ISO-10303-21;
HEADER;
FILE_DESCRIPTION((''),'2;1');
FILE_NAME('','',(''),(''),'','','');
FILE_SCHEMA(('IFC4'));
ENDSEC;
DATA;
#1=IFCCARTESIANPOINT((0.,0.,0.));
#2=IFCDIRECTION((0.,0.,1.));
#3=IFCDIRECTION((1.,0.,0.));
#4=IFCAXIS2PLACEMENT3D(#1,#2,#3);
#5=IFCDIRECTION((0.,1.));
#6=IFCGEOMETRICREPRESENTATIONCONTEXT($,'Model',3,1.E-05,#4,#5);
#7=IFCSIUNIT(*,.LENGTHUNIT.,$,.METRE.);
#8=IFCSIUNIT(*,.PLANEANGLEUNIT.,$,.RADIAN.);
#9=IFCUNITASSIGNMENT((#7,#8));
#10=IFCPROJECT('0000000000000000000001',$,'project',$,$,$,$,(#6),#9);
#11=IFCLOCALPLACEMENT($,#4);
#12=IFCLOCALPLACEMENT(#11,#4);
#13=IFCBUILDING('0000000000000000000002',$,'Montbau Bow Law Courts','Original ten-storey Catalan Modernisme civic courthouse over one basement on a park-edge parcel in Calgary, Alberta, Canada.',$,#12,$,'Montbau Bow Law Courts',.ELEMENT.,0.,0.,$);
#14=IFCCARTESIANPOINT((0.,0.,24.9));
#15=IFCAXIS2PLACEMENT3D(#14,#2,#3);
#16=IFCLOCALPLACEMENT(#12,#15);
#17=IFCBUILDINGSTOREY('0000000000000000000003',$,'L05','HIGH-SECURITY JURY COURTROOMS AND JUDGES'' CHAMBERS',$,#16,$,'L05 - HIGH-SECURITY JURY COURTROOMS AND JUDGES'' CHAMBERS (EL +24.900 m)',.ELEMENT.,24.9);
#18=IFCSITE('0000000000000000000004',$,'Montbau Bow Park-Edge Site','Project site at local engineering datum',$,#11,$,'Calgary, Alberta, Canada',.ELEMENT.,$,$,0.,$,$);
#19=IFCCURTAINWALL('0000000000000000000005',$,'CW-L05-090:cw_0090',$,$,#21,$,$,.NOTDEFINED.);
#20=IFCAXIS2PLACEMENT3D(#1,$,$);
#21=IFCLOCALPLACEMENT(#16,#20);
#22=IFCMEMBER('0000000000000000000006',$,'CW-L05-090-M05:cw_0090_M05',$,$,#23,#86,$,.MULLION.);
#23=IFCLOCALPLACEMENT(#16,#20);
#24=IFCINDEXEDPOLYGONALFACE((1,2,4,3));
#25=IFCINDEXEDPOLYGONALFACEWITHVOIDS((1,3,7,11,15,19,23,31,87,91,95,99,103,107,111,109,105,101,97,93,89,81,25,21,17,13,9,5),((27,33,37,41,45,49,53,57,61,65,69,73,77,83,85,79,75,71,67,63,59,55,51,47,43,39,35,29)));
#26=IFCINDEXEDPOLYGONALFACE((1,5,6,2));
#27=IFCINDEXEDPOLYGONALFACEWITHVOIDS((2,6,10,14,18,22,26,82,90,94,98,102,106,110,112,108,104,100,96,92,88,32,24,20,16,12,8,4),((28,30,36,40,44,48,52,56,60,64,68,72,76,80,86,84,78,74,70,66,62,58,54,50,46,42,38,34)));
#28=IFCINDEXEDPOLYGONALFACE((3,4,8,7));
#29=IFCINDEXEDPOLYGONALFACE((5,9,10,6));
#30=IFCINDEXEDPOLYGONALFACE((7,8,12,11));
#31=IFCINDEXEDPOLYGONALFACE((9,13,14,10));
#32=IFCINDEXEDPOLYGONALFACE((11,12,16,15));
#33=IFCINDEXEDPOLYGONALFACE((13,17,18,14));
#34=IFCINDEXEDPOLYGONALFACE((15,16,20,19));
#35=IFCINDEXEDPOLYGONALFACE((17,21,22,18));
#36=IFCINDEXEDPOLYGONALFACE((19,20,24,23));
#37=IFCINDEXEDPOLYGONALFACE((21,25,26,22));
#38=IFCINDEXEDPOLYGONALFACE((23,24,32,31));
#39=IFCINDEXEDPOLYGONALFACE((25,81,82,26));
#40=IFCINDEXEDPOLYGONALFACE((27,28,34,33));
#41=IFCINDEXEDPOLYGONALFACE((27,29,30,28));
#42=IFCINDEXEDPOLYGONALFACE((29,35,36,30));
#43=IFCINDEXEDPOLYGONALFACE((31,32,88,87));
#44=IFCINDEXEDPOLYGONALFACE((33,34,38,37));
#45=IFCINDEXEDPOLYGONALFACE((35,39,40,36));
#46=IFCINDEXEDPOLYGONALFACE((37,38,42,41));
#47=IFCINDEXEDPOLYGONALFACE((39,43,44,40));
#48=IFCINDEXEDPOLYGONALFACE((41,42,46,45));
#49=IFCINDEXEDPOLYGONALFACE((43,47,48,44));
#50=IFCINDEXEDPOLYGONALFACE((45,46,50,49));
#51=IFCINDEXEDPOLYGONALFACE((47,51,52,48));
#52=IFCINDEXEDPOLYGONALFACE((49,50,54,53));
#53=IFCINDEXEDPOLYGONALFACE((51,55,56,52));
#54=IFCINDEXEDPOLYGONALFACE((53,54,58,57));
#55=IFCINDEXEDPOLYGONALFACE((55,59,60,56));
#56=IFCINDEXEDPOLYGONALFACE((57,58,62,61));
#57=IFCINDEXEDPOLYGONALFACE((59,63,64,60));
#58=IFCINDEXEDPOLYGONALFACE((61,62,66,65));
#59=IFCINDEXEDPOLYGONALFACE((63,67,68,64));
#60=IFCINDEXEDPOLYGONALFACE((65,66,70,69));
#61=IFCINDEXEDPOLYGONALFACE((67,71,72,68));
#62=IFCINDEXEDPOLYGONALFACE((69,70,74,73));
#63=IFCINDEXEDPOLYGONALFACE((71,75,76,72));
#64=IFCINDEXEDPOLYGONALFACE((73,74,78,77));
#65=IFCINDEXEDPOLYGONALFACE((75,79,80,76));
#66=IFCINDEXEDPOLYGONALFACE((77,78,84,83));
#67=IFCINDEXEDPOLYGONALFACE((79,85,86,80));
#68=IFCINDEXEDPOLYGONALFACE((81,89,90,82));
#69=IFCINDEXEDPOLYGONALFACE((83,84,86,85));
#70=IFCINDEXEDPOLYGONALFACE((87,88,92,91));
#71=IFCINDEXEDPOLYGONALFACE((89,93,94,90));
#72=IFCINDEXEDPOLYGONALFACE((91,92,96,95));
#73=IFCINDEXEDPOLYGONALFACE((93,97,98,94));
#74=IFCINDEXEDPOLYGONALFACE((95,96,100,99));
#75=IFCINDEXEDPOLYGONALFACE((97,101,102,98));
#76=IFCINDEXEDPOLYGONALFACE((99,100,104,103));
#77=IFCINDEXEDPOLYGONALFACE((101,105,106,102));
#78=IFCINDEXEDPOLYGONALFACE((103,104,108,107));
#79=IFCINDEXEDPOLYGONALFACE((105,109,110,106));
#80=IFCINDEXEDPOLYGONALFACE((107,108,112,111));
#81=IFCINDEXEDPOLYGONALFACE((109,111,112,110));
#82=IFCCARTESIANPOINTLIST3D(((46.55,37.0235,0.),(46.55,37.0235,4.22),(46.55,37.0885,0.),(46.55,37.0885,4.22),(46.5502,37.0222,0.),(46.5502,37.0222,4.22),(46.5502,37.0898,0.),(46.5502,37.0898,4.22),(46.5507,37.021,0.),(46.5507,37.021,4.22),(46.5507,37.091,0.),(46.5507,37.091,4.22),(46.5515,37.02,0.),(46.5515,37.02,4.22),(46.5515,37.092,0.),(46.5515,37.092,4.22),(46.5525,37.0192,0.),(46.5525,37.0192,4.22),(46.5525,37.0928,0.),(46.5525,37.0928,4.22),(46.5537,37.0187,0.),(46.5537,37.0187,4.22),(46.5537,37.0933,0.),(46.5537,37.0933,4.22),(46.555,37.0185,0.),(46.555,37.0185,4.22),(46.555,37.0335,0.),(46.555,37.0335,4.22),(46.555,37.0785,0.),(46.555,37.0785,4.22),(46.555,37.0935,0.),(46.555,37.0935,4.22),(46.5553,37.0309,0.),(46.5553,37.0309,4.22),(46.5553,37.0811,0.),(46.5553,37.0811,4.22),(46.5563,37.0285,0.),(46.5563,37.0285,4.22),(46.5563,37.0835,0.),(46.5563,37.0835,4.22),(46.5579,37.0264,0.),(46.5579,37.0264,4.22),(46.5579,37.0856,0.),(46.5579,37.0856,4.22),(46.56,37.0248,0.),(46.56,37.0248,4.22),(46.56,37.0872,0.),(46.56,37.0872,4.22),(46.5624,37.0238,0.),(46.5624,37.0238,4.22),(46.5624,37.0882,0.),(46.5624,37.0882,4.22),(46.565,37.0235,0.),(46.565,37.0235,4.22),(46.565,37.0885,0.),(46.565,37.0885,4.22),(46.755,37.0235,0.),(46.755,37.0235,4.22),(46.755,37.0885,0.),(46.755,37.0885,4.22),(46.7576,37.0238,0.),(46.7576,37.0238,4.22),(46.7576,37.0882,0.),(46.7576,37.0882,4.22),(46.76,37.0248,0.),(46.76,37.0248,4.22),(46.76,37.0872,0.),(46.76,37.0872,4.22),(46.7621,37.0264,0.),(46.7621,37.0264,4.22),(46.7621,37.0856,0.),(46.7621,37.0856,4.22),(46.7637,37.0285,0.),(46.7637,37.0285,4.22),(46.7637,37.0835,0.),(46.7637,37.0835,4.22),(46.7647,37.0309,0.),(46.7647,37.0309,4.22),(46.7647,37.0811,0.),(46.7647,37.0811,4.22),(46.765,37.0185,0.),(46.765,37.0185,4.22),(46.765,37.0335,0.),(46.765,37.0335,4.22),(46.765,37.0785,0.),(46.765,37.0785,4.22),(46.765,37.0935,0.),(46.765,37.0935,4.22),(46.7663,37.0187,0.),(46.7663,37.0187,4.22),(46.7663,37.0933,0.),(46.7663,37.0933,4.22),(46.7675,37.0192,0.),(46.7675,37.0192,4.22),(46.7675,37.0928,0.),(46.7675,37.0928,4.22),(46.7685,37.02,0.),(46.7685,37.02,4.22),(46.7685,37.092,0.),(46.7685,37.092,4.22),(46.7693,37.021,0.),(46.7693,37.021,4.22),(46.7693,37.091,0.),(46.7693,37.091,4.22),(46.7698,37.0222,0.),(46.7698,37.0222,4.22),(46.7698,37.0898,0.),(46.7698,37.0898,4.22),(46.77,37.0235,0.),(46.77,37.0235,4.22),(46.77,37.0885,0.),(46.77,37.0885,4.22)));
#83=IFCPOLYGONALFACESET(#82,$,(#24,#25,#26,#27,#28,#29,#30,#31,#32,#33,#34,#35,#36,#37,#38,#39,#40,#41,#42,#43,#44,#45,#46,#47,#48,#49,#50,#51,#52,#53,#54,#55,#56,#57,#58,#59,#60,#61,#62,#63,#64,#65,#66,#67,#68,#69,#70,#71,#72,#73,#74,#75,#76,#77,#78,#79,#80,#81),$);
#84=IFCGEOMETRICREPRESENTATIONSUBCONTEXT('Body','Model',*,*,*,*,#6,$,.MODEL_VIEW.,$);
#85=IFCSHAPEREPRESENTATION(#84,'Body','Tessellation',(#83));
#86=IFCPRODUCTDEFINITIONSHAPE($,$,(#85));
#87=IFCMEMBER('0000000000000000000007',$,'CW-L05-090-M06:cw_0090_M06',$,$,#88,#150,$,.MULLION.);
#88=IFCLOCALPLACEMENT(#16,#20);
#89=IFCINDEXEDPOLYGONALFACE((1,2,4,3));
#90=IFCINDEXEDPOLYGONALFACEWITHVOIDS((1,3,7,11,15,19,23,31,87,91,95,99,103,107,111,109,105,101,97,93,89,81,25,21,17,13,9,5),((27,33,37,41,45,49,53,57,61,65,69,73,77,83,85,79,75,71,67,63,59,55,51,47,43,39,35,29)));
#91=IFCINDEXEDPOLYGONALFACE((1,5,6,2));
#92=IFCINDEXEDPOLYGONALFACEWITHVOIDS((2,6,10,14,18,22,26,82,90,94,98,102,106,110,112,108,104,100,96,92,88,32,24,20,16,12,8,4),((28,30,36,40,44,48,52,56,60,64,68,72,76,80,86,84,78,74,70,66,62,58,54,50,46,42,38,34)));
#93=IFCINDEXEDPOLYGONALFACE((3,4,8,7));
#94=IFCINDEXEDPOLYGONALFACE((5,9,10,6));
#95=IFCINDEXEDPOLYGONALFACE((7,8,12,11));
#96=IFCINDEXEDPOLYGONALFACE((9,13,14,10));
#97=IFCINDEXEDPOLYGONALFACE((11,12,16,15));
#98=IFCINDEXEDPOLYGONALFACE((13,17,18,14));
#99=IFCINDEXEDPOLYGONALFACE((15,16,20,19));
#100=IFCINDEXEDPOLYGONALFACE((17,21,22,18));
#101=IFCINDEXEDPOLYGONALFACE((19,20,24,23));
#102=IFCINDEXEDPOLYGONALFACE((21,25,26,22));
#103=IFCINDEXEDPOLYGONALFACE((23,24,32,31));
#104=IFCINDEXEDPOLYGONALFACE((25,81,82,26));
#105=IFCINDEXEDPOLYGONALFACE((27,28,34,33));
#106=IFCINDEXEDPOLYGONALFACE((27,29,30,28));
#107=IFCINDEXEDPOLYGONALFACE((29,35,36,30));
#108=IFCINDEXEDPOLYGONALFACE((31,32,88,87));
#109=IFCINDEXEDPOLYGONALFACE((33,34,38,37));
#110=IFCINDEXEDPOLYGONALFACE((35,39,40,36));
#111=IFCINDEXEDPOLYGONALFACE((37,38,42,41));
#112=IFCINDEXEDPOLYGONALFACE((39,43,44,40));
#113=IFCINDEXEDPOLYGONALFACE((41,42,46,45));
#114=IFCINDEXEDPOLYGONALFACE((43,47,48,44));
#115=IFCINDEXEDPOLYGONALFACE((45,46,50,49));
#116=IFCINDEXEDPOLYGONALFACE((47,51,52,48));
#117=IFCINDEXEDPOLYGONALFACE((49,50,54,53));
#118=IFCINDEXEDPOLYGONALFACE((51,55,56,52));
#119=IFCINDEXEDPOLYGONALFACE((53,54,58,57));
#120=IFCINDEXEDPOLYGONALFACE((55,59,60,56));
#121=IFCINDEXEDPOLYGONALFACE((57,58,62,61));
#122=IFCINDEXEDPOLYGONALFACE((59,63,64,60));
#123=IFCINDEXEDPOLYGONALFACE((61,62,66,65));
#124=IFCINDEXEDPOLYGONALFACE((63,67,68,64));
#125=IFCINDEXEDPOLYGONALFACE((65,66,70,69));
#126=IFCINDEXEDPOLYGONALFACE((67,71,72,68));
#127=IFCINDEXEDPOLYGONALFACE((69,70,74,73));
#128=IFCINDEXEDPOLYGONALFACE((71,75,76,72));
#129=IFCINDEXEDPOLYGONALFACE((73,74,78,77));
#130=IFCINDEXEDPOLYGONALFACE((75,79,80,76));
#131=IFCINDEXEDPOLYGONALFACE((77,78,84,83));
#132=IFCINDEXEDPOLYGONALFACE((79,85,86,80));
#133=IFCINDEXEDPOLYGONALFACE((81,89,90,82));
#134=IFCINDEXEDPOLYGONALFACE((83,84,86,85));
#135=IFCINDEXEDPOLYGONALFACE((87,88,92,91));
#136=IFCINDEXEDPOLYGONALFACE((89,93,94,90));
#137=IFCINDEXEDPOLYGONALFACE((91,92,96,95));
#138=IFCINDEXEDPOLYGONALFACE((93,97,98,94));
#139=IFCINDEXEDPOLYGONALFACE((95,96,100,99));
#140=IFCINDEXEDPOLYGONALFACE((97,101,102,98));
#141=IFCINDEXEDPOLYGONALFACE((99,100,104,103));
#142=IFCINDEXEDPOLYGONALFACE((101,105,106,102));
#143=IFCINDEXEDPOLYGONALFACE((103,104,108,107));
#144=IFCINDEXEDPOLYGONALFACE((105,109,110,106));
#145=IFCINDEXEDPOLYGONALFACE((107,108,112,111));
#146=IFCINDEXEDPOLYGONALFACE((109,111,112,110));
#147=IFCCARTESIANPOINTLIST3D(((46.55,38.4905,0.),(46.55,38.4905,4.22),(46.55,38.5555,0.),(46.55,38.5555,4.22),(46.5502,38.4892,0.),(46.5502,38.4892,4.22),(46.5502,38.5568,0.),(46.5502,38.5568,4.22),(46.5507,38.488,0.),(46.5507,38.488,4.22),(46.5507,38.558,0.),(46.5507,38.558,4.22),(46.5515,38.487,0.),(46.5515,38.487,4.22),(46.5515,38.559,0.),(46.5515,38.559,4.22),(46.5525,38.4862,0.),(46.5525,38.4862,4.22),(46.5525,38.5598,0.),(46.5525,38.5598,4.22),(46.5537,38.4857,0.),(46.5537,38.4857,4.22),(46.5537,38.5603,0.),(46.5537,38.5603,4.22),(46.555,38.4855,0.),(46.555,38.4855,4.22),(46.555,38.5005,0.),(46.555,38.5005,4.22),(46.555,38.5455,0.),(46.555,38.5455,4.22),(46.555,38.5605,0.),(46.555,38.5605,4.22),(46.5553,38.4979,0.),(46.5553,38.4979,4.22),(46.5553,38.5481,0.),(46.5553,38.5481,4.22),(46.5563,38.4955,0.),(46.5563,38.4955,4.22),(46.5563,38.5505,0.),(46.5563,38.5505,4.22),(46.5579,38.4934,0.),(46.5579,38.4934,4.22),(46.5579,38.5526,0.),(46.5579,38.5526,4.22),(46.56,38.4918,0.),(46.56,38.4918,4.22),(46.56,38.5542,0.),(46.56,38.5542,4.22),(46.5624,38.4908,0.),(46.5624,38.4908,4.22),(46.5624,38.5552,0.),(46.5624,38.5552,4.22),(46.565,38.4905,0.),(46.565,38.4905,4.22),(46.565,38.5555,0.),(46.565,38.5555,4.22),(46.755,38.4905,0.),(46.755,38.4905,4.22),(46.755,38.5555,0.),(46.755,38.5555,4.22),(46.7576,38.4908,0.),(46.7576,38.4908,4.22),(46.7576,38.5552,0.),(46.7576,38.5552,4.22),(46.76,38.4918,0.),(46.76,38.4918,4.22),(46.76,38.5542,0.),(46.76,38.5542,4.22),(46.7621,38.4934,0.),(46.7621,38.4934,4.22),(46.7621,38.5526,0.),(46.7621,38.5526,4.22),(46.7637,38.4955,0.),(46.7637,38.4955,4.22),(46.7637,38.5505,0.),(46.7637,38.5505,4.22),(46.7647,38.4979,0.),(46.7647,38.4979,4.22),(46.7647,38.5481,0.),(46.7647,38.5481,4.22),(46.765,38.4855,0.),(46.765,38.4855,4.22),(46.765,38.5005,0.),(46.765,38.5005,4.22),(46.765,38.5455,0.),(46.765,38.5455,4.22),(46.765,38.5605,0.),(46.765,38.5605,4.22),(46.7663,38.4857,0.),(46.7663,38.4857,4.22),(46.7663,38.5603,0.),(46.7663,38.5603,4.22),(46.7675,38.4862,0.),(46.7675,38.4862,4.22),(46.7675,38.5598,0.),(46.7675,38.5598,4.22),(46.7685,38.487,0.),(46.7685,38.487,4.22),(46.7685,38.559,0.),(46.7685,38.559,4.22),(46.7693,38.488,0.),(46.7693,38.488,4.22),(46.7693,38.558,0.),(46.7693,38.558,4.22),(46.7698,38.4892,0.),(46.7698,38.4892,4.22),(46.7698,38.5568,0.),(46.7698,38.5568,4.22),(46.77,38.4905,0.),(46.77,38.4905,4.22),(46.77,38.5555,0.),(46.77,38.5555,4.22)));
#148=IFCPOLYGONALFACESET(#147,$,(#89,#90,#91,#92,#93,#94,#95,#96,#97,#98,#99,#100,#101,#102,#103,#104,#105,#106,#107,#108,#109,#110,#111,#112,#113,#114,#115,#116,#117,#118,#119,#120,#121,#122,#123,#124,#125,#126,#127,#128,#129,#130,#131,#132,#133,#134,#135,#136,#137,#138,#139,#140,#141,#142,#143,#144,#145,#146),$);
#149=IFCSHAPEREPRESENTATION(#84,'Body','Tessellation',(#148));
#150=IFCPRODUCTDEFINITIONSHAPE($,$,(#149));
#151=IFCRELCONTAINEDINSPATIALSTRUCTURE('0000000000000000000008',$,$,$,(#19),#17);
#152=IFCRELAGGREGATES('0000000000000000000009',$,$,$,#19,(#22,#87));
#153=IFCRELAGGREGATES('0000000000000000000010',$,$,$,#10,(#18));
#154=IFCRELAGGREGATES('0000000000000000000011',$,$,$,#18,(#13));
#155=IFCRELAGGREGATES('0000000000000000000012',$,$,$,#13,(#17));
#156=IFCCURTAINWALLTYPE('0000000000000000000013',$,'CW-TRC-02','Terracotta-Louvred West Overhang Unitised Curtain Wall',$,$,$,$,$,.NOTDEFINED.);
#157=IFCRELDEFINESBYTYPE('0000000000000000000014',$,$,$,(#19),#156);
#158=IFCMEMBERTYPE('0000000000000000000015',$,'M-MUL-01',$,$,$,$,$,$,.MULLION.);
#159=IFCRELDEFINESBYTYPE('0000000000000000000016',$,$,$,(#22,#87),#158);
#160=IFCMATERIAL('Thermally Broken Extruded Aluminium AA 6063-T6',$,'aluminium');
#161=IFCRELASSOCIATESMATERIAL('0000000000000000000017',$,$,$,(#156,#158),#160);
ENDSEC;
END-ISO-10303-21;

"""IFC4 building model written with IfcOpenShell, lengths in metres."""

from ifc_helpers import new_model, si_unit, direction, frame, origin_with_axes, origin_2d_with_axis, place, context, subcontext, project, spatial, hollow_rectangle, extrude, material, material_profile, profile_set, type_object, element, aggregate, save


model = new_model("IFC4")

# Units and contexts
model_context = context("Model", 3, precision=1e-05, world=origin_with_axes(), true_north=direction((0.0, 1.0)))
body_context = subcontext(model_context, "Body", "Model", "MODEL_VIEW")
ifc_project = project(units=[si_unit("LENGTHUNIT", "METRE"), si_unit("PLANEANGLEUNIT", "RADIAN")], contexts=[model_context])

# Site, building, storey
site_placement = place(None, origin_with_axes())
site = spatial("IfcSite", under=ifc_project, at=site_placement, Name="Montbau Bow Park-Edge Site", Description="Project site at local engineering datum", LongName="Calgary, Alberta, Canada", CompositionType="ELEMENT", RefElevation=0.0)
building_placement = place(site_placement, origin_with_axes())
building = spatial("IfcBuilding", under=site, at=building_placement, Name="Montbau Bow Law Courts", Description="Original ten-storey Catalan Modernisme civic courthouse over one basement on a park-edge parcel in Calgary, Alberta, Canada.", LongName="Montbau Bow Law Courts", CompositionType="ELEMENT", ElevationOfRefHeight=0.0, ElevationOfTerrain=0.0)
storey_placement = place(building_placement, frame((0.0, 0.0, 24.9), z_axis=(0.0, 0.0, 1.0), x_axis=(1.0, 0.0, 0.0)))
storey = spatial("IfcBuildingStorey", under=building, at=storey_placement, Name="L05", Description="HIGH-SECURITY JURY COURTROOMS AND JUDGES' CHAMBERS", LongName="L05 - HIGH-SECURITY JURY COURTROOMS AND JUDGES' CHAMBERS (EL +24.900 m)", CompositionType="ELEMENT", Elevation=24.9)

# Curtain wall, members
ifc_material_1 = material(Name="Thermally Broken Extruded Aluminium AA 6063-T6", Category="aluminium")
curtain_wall_type = type_object("IfcCurtainWallType", Name="CW-TRC-02", Description="Terracotta-Louvred West Overhang Unitised Curtain Wall", PredefinedType="NOTDEFINED", material=ifc_material_1)
curtain_wall_1_placement = place(None, frame((46.66, 31.04, 24.9), z_axis=(0.0, 0.0, 1.0), x_axis=(1.0, 0.0, 0.0)))
curtain_wall_1 = element("IfcCurtainWall", 1, at=curtain_wall_1_placement, inside=storey, type_object=curtain_wall_type, Name="CW-L05-090:cw_0090", PredefinedType="NOTDEFINED")
ifc_material_profile_1 = material_profile(ifc_material_1, hollow_rectangle(XDim=0.075, YDim=0.22, WallThickness=0.005, InnerFilletRadius=0.01, OuterFilletRadius=0.005, at=origin_2d_with_axis()), Name="CWM-220X75", Category="Main", Priority=0)
ifc_profile_set_1 = profile_set([ifc_material_profile_1], Name="Thermally Broken Extruded Aluminium AA 6063-T6")
member_type_1 = type_object("IfcMemberType", Name="M-MUL-01", PredefinedType="MULLION", material=ifc_profile_set_1)
member_1_placement = place(None, frame((46.66, 37.056, 24.9), z_axis=(0.0, 0.0, 1.0), x_axis=(0.0, 1.0, 0.0)))
member_1 = element("IfcMember", 2, at=member_1_placement, type_object=member_type_1, Name="CW-L05-090-M05:cw_0090_M05", PredefinedType="MULLION", context=body_context, shape_type="SweptSolid", body=[
    extrude(hollow_rectangle(XDim=0.075, YDim=0.22, WallThickness=0.005, InnerFilletRadius=0.01, OuterFilletRadius=0.005, at=origin_2d_with_axis()), origin_with_axes(), (0.0, 0.0, 1.0), 4.22),
])
member_2_placement = place(None, frame((46.66, 38.523, 24.9), z_axis=(0.0, 0.0, 1.0), x_axis=(0.0, 1.0, 0.0)))
member_2 = element("IfcMember", 3, at=member_2_placement, type_object=member_type_1, Name="CW-L05-090-M06:cw_0090_M06", PredefinedType="MULLION", context=body_context, shape_type="SweptSolid", body=[
    extrude(hollow_rectangle(XDim=0.075, YDim=0.22, WallThickness=0.005, InnerFilletRadius=0.01, OuterFilletRadius=0.005, at=origin_2d_with_axis()), origin_with_axes(), (0.0, 0.0, 1.0), 4.22),
])

aggregate(curtain_wall_1, [member_1, member_2])

save(model, "model.ifc")
